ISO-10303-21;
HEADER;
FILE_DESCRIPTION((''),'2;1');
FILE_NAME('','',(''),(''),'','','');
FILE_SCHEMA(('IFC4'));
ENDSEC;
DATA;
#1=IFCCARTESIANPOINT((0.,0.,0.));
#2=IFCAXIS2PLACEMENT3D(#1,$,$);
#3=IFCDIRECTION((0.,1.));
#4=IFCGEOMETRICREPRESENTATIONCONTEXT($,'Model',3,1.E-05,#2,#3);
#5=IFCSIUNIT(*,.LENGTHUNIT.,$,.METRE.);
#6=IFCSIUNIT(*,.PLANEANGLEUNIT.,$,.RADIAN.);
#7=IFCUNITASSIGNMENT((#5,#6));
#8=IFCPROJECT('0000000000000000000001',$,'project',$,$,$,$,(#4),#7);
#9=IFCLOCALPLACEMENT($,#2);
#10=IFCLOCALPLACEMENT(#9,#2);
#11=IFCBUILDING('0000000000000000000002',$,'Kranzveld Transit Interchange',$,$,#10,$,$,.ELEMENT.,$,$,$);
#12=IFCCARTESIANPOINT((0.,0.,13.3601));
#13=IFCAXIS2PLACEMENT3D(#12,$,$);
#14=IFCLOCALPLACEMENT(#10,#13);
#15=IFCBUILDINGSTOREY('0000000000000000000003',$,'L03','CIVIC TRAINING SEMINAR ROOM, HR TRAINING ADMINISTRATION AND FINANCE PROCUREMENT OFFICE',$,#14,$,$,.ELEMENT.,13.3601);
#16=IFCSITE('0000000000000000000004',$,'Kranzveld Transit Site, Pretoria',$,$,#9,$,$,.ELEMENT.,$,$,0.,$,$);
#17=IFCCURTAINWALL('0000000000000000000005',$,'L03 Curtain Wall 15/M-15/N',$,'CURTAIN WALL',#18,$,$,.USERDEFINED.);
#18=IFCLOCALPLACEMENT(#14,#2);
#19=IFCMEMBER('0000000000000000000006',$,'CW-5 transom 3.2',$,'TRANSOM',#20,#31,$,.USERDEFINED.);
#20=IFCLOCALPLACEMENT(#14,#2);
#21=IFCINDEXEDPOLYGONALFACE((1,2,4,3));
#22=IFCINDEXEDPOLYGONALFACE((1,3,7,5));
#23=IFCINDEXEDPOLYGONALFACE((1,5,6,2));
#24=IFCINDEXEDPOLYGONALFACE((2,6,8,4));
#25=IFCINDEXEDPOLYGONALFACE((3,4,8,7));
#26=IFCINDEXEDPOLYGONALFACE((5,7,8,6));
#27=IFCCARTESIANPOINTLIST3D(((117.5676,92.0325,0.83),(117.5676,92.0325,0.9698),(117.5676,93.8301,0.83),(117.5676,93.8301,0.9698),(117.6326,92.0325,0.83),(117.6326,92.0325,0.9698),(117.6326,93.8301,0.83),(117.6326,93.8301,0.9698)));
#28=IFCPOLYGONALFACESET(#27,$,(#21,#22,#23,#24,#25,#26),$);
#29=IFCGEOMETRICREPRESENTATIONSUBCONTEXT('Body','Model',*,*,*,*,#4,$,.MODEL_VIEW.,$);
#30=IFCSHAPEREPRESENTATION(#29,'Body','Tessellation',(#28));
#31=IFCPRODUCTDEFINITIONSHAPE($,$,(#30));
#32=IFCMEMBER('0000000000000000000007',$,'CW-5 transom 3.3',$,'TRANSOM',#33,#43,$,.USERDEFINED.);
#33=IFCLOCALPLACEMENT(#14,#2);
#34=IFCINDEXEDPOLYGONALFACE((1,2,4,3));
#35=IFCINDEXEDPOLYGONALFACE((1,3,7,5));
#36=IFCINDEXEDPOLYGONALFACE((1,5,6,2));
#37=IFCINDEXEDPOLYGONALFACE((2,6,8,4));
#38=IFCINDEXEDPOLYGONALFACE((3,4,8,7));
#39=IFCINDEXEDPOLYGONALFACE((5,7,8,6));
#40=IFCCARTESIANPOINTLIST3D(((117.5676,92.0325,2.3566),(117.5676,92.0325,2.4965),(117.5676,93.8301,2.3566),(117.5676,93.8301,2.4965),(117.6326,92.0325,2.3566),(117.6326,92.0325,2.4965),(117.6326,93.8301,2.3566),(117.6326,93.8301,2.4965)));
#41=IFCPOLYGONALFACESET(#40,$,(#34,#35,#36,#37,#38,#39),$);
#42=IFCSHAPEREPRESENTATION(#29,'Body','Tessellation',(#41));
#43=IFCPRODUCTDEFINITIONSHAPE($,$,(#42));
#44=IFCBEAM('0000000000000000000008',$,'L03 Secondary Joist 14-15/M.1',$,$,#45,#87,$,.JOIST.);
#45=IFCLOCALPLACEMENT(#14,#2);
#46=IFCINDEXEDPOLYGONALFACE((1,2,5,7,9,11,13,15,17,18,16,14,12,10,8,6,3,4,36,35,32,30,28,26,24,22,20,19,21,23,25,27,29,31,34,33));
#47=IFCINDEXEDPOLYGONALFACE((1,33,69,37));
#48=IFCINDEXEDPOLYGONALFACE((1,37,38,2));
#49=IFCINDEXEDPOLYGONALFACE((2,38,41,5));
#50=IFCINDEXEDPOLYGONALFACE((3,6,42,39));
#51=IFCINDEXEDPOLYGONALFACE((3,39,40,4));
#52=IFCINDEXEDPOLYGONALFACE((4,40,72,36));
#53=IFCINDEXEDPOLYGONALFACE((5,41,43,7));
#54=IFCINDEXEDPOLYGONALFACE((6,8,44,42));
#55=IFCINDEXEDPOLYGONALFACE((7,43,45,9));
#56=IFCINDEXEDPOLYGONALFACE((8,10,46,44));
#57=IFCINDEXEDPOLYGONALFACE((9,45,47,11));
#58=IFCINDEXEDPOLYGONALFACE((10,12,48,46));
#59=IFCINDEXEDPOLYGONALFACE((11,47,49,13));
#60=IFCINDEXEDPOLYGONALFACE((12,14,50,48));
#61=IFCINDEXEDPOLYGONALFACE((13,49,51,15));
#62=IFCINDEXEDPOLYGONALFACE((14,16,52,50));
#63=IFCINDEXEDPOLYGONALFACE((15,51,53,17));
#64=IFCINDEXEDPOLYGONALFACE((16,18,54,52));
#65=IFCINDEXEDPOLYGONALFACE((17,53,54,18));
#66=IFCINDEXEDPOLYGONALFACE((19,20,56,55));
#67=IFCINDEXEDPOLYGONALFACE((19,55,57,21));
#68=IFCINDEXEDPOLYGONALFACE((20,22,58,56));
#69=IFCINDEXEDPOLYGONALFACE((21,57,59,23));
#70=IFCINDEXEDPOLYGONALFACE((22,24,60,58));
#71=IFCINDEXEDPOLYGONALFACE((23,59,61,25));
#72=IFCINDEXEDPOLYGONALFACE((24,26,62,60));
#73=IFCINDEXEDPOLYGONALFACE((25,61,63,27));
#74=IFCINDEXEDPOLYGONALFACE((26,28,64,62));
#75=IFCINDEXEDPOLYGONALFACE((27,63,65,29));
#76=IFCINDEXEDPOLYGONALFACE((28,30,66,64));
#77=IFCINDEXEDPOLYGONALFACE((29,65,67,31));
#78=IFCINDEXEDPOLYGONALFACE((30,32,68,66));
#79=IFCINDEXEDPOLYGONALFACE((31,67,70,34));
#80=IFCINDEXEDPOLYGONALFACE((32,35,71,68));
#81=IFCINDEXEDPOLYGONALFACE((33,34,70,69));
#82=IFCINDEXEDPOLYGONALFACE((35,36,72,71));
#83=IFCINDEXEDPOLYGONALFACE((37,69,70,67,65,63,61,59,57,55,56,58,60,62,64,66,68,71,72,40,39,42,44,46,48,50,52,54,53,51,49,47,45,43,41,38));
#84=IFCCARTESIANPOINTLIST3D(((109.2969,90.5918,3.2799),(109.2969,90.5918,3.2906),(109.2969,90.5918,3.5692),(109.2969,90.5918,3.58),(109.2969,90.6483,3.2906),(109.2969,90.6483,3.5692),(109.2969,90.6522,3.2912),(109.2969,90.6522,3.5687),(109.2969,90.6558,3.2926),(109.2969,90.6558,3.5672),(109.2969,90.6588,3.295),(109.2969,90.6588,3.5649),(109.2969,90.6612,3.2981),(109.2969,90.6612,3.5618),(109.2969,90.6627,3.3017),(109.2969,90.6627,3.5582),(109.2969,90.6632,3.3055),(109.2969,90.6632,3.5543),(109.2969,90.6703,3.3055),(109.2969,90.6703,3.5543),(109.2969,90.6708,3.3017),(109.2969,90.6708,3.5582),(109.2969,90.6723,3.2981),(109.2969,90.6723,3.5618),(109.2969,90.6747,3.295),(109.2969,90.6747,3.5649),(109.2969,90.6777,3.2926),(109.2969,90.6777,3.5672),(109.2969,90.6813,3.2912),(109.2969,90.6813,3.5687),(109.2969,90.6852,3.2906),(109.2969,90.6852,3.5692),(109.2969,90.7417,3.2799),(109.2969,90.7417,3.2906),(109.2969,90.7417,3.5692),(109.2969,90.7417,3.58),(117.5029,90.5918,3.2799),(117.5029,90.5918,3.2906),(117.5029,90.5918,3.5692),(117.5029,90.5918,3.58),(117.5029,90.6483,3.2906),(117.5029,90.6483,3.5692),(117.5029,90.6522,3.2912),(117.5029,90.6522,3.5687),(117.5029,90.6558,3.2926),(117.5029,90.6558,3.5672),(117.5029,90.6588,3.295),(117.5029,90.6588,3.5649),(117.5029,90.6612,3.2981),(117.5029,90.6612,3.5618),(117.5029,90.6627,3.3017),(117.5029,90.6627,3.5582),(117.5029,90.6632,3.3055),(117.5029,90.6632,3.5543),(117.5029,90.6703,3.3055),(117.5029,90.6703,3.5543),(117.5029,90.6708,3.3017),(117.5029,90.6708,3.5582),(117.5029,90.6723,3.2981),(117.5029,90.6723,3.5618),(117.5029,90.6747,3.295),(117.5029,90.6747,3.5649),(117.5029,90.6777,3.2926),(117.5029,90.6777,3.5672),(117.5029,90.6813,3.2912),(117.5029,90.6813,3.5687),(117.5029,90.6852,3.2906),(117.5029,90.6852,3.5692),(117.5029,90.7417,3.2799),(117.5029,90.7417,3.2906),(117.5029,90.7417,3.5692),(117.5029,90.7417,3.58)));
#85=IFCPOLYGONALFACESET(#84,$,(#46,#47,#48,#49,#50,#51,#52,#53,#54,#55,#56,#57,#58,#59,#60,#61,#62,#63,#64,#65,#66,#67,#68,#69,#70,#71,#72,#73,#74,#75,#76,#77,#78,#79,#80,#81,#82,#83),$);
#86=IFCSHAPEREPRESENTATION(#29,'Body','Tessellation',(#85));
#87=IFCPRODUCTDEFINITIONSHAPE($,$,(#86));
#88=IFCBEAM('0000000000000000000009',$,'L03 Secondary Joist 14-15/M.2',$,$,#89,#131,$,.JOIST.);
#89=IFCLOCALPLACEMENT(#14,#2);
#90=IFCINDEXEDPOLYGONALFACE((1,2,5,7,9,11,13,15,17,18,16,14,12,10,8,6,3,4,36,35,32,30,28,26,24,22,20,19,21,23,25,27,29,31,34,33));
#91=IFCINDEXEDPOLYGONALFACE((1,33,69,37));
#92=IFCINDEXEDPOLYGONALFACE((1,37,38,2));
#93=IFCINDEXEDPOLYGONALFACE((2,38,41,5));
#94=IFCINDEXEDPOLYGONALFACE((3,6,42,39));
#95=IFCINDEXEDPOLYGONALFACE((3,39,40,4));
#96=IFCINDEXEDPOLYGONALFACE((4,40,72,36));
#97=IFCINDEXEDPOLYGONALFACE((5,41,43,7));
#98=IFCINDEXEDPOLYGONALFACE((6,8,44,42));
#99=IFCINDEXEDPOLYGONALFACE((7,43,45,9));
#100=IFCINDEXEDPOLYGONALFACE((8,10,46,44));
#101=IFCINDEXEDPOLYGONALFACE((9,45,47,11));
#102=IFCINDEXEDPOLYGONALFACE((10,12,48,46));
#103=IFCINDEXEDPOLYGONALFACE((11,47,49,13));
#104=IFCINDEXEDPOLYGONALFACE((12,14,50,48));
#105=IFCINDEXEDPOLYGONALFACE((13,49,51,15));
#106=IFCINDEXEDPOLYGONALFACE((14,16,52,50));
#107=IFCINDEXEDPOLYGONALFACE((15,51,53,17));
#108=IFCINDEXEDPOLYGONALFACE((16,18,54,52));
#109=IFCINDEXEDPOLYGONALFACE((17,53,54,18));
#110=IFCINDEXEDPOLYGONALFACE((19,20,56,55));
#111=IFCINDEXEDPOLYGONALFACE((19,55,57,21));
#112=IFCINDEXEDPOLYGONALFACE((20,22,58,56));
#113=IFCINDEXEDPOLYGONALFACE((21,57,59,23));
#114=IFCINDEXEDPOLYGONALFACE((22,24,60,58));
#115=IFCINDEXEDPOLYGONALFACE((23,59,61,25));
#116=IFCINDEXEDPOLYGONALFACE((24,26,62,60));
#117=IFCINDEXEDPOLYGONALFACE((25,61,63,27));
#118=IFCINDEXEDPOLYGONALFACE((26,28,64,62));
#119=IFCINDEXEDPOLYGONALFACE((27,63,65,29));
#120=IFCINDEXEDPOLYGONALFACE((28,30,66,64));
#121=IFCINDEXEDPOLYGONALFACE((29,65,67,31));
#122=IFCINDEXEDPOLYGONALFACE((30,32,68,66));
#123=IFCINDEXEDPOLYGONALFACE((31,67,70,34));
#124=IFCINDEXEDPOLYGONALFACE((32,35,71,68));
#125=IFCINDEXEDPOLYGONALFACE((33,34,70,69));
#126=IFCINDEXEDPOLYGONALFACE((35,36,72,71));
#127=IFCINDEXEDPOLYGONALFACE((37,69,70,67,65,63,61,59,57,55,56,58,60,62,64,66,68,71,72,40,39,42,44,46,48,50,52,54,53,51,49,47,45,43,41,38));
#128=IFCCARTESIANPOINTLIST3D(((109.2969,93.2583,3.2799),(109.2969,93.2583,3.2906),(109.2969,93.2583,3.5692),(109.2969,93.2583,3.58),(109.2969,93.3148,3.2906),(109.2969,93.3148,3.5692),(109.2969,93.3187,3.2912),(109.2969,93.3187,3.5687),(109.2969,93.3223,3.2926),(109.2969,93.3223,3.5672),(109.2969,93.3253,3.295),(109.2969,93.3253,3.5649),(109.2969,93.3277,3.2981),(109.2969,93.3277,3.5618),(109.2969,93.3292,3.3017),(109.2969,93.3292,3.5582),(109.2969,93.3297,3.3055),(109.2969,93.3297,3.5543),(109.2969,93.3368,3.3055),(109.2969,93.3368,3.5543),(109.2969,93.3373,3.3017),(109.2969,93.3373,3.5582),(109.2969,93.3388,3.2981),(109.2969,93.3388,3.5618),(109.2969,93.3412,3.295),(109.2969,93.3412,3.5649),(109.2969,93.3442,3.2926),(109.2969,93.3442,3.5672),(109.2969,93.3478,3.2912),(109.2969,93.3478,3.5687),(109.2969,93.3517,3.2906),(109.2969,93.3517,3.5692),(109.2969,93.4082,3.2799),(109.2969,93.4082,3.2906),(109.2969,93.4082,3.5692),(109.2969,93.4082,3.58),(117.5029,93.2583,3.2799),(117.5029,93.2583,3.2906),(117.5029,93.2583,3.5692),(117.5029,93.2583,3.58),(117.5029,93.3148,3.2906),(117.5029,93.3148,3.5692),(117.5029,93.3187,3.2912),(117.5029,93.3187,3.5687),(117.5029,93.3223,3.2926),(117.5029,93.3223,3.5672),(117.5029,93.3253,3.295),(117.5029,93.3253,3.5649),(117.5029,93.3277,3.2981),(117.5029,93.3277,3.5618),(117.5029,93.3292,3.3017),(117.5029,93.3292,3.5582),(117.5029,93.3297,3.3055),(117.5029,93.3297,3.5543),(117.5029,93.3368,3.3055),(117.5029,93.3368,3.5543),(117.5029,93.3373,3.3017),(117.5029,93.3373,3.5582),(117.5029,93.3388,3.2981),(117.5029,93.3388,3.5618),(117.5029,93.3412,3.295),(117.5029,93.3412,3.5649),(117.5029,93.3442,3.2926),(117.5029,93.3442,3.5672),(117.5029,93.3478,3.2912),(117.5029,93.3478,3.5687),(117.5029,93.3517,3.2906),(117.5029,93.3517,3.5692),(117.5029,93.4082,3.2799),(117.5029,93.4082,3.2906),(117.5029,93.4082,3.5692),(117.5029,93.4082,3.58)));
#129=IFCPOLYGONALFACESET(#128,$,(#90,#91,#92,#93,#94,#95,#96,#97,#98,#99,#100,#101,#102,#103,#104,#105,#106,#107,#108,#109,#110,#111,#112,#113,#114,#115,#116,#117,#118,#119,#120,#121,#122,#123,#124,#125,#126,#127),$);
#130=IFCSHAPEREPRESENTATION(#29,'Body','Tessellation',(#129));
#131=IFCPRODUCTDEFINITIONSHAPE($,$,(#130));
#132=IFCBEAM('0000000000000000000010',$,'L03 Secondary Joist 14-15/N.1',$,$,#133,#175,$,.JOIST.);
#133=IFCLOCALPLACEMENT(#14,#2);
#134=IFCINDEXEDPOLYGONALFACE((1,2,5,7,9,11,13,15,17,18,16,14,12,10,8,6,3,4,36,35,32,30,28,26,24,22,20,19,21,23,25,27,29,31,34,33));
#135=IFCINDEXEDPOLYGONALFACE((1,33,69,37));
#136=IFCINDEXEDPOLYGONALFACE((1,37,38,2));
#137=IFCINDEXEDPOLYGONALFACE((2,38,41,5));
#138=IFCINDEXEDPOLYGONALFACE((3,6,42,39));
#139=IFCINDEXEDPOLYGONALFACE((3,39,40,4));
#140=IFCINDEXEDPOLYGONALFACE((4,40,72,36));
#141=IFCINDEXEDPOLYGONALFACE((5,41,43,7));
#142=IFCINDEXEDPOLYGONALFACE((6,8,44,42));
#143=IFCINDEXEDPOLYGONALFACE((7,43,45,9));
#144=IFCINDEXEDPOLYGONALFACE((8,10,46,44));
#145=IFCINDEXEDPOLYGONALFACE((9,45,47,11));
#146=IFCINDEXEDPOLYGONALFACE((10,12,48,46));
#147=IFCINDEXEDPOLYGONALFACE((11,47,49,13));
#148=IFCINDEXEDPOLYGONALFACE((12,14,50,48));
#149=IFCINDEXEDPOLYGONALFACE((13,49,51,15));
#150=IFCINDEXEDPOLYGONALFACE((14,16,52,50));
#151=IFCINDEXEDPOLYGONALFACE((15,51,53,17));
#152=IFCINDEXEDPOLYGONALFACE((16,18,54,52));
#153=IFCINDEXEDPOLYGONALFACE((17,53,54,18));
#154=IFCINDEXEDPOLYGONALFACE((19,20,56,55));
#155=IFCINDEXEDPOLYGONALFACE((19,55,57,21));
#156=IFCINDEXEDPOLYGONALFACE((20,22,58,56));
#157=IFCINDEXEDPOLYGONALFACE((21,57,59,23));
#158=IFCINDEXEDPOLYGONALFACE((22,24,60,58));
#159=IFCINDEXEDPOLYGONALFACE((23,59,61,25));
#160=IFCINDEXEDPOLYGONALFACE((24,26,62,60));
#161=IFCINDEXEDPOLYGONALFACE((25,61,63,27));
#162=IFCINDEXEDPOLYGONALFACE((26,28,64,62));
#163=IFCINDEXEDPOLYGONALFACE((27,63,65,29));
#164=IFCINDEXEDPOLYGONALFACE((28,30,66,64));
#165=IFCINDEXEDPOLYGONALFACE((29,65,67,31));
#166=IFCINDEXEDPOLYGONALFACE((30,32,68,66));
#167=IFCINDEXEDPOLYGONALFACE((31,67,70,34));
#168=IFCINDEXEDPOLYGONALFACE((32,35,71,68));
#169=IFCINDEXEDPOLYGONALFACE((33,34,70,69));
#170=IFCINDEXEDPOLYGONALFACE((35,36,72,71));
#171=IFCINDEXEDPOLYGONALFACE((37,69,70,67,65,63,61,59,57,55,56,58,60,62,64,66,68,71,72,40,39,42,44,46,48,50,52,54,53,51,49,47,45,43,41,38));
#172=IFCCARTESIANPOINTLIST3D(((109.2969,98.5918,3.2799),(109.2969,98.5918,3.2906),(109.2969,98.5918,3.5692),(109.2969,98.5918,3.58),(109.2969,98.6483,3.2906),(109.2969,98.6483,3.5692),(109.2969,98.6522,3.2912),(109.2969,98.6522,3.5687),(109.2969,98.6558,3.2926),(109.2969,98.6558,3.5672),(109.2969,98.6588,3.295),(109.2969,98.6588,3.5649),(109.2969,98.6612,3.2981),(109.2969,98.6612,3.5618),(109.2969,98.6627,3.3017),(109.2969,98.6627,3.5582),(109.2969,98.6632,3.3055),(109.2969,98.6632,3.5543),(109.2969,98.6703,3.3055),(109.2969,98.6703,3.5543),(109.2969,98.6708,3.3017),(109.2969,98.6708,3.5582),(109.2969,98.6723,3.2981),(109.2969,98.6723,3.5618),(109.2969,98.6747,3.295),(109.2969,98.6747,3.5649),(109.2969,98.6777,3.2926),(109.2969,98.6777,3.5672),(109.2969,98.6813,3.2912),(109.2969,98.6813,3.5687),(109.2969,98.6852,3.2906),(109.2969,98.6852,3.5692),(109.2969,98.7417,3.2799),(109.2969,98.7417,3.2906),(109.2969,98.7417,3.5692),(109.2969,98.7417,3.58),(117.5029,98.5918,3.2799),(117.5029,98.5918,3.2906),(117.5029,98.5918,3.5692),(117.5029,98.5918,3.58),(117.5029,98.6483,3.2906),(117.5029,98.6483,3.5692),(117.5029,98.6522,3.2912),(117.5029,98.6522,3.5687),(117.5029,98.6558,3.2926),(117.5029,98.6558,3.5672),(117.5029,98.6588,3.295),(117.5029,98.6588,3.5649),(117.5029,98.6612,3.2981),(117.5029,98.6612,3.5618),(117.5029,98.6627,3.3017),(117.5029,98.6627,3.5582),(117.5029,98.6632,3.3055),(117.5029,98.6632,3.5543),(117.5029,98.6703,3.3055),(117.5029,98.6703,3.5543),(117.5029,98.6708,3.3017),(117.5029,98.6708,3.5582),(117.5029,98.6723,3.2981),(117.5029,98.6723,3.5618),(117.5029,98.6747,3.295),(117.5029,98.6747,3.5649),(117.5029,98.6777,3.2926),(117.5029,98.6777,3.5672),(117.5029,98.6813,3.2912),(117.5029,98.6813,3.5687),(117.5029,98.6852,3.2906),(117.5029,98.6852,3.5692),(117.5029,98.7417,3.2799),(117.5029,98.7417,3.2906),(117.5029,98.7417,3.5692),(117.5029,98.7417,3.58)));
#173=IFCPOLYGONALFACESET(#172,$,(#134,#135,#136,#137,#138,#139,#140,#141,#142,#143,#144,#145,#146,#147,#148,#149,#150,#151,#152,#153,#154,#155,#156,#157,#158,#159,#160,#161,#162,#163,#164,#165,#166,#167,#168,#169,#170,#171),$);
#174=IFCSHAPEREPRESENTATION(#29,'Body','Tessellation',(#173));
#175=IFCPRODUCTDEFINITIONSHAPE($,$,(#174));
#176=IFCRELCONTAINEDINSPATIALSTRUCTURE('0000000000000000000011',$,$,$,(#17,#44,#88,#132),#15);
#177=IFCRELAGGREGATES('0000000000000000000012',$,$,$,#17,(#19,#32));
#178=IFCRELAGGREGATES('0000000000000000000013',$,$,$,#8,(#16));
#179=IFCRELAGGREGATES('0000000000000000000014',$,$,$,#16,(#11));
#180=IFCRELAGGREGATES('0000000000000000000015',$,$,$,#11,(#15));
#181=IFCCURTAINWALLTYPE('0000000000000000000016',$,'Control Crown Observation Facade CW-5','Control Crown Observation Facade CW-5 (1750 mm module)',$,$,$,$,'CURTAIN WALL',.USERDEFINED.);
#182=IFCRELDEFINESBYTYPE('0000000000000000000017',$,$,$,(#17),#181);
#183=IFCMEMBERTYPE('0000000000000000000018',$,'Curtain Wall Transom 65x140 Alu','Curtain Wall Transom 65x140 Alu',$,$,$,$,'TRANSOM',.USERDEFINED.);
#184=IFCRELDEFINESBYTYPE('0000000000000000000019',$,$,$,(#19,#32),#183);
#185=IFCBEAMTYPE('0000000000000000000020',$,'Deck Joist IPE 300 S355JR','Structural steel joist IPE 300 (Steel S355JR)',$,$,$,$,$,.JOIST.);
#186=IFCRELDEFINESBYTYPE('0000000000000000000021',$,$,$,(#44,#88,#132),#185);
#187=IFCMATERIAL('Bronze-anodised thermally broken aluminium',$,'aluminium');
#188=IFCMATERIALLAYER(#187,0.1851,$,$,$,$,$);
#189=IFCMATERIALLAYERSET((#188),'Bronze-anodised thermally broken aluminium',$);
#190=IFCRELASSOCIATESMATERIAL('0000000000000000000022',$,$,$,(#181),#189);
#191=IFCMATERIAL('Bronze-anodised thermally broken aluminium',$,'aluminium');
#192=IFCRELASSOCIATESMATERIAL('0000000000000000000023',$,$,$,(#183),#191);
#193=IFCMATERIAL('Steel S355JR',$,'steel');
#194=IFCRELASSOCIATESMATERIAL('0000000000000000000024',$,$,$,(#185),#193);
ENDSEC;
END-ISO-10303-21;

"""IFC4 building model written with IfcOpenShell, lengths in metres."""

from ifc_helpers import new_model, si_unit, direction, frame, origin, origin_2d, place, context, subcontext, project, spatial, rectangle, i_section, extrude, material, layer, layer_set, material_profile, profile_set, type_object, element, aggregate, save


model = new_model("IFC4")

# Units and contexts
model_context = context("Model", 3, precision=1e-05, world=origin(), true_north=direction((0.0, 1.0)))
body_context = subcontext(model_context, "Body", "Model", "MODEL_VIEW")
ifc_project = project(units=[si_unit("LENGTHUNIT", "METRE"), si_unit("PLANEANGLEUNIT", "RADIAN")], contexts=[model_context])

# Site, building, storey
site_placement = place(None, origin())
site = spatial("IfcSite", under=ifc_project, at=site_placement, Name="Kranzveld Transit Site, Pretoria", CompositionType="ELEMENT", RefElevation=0.0)
building_placement = place(site_placement, origin())
building = spatial("IfcBuilding", under=site, at=building_placement, Name="Kranzveld Transit Interchange", CompositionType="ELEMENT")
storey_placement = place(building_placement, frame((0.0, 0.0, 13.3601)))
storey = spatial("IfcBuildingStorey", under=building, at=storey_placement, Name="L03", Description="CIVIC TRAINING SEMINAR ROOM, HR TRAINING ADMINISTRATION AND FINANCE PROCUREMENT OFFICE", CompositionType="ELEMENT", Elevation=13.3601)

# Curtain wall, members
ifc_material_1 = material(Name="Bronze-anodised thermally broken aluminium", Category="aluminium")
ifc_layer_1 = layer(ifc_material_1, 0.1851)
ifc_layer_set_1 = layer_set([ifc_layer_1], Name="Bronze-anodised thermally broken aluminium")
curtain_wall_type = type_object("IfcCurtainWallType", Name="Control Crown Observation Facade CW-5", Description="Control Crown Observation Facade CW-5 (1750 mm module)", ElementType="CURTAIN WALL", PredefinedType="USERDEFINED", material=ifc_layer_set_1)
curtain_wall_placement = place(storey_placement, origin())
curtain_wall = element("IfcCurtainWall", 1, at=curtain_wall_placement, inside=storey, type_object=curtain_wall_type, Name="L03 Curtain Wall 15/M-15/N", ObjectType="CURTAIN WALL", PredefinedType="USERDEFINED")
ifc_material_2 = material(Name="Bronze-anodised thermally broken aluminium", Category="aluminium")
ifc_material_profile_1 = material_profile(ifc_material_2, rectangle(XDim=0.0649, YDim=0.1399, at=origin_2d()), Name="ALU TRANSOM 65x140")
ifc_profile_set_1 = profile_set([ifc_material_profile_1], Name="Bronze-anodised thermally broken aluminium")
member_type_1 = type_object("IfcMemberType", Name="Curtain Wall Transom 65x140 Alu", Description="Curtain Wall Transom 65x140 Alu", ElementType="TRANSOM", PredefinedType="USERDEFINED", material=ifc_profile_set_1)
member_1_placement = place(storey_placement, frame((117.6001, 92.0325, 0.8999), z_axis=(0.0, 1.0, 0.0), x_axis=(-1.0, 0.0, 0.0)))
member_1 = element("IfcMember", 2, at=member_1_placement, type_object=member_type_1, Name="CW-5 transom 3.2", ObjectType="TRANSOM", PredefinedType="USERDEFINED", context=body_context, shape_type="SweptSolid", body=[
    extrude(rectangle(XDim=0.0649, YDim=0.1399, at=origin_2d()), origin(), (0.0, 0.0, 1.0), 1.7976),
])
member_2_placement = place(storey_placement, frame((117.6001, 92.0325, 2.4265), z_axis=(0.0, 1.0, 0.0), x_axis=(-1.0, 0.0, 0.0)))
member_2 = element("IfcMember", 3, at=member_2_placement, type_object=member_type_1, Name="CW-5 transom 3.3", ObjectType="TRANSOM", PredefinedType="USERDEFINED", context=body_context, shape_type="SweptSolid", body=[
    extrude(rectangle(XDim=0.0649, YDim=0.1399, at=origin_2d()), origin(), (0.0, 0.0, 1.0), 1.7976),
])

# Beams
ifc_material_3 = material(Name="Steel S355JR", Category="steel")
ifc_material_profile_2 = material_profile(ifc_material_3, i_section(OverallWidth=0.1499, OverallDepth=0.3, WebThickness=0.0071, FlangeThickness=0.0107, FilletRadius=0.0149, at=origin_2d()), Name="IPE 300")
ifc_profile_set_2 = profile_set([ifc_material_profile_2], Name="Steel S355JR")
beam_type_1 = type_object("IfcBeamType", Name="Deck Joist IPE 300 S355JR", Description="Structural steel joist IPE 300 (Steel S355JR)", PredefinedType="JOIST", material=ifc_profile_set_2)
for number, where, z_axis, x_axis, name in (
    (4, (109.2969, 90.6667, 3.4299), (1.0, 0.0, 0.0), (0.0, 1.0, 0.0), "L03 Secondary Joist 14-15/M.1"),
    (5, (109.2969, 93.3333, 3.4299), (1.0, 0.0, 0.0), (0.0, 1.0, 0.0), "L03 Secondary Joist 14-15/M.2"),
    (6, (109.2969, 98.6667, 3.4299), (1.0, 0.0, 0.0), (0.0, 1.0, 0.0), "L03 Secondary Joist 14-15/N.1"),
):
    element("IfcBeam", number, at=place(storey_placement, frame(where, z_axis=z_axis, x_axis=x_axis)), inside=storey, type_object=beam_type_1, Name=name, PredefinedType="JOIST", context=body_context, shape_type="SweptSolid", body=[
        extrude(i_section(OverallWidth=0.1499, OverallDepth=0.3, WebThickness=0.0071, FlangeThickness=0.0107, FilletRadius=0.0149, at=origin_2d()), origin(), (0.0, 0.0, 1.0), 8.2061),
    ])

aggregate(curtain_wall, [member_1, member_2])

save(model, "model.ifc")
